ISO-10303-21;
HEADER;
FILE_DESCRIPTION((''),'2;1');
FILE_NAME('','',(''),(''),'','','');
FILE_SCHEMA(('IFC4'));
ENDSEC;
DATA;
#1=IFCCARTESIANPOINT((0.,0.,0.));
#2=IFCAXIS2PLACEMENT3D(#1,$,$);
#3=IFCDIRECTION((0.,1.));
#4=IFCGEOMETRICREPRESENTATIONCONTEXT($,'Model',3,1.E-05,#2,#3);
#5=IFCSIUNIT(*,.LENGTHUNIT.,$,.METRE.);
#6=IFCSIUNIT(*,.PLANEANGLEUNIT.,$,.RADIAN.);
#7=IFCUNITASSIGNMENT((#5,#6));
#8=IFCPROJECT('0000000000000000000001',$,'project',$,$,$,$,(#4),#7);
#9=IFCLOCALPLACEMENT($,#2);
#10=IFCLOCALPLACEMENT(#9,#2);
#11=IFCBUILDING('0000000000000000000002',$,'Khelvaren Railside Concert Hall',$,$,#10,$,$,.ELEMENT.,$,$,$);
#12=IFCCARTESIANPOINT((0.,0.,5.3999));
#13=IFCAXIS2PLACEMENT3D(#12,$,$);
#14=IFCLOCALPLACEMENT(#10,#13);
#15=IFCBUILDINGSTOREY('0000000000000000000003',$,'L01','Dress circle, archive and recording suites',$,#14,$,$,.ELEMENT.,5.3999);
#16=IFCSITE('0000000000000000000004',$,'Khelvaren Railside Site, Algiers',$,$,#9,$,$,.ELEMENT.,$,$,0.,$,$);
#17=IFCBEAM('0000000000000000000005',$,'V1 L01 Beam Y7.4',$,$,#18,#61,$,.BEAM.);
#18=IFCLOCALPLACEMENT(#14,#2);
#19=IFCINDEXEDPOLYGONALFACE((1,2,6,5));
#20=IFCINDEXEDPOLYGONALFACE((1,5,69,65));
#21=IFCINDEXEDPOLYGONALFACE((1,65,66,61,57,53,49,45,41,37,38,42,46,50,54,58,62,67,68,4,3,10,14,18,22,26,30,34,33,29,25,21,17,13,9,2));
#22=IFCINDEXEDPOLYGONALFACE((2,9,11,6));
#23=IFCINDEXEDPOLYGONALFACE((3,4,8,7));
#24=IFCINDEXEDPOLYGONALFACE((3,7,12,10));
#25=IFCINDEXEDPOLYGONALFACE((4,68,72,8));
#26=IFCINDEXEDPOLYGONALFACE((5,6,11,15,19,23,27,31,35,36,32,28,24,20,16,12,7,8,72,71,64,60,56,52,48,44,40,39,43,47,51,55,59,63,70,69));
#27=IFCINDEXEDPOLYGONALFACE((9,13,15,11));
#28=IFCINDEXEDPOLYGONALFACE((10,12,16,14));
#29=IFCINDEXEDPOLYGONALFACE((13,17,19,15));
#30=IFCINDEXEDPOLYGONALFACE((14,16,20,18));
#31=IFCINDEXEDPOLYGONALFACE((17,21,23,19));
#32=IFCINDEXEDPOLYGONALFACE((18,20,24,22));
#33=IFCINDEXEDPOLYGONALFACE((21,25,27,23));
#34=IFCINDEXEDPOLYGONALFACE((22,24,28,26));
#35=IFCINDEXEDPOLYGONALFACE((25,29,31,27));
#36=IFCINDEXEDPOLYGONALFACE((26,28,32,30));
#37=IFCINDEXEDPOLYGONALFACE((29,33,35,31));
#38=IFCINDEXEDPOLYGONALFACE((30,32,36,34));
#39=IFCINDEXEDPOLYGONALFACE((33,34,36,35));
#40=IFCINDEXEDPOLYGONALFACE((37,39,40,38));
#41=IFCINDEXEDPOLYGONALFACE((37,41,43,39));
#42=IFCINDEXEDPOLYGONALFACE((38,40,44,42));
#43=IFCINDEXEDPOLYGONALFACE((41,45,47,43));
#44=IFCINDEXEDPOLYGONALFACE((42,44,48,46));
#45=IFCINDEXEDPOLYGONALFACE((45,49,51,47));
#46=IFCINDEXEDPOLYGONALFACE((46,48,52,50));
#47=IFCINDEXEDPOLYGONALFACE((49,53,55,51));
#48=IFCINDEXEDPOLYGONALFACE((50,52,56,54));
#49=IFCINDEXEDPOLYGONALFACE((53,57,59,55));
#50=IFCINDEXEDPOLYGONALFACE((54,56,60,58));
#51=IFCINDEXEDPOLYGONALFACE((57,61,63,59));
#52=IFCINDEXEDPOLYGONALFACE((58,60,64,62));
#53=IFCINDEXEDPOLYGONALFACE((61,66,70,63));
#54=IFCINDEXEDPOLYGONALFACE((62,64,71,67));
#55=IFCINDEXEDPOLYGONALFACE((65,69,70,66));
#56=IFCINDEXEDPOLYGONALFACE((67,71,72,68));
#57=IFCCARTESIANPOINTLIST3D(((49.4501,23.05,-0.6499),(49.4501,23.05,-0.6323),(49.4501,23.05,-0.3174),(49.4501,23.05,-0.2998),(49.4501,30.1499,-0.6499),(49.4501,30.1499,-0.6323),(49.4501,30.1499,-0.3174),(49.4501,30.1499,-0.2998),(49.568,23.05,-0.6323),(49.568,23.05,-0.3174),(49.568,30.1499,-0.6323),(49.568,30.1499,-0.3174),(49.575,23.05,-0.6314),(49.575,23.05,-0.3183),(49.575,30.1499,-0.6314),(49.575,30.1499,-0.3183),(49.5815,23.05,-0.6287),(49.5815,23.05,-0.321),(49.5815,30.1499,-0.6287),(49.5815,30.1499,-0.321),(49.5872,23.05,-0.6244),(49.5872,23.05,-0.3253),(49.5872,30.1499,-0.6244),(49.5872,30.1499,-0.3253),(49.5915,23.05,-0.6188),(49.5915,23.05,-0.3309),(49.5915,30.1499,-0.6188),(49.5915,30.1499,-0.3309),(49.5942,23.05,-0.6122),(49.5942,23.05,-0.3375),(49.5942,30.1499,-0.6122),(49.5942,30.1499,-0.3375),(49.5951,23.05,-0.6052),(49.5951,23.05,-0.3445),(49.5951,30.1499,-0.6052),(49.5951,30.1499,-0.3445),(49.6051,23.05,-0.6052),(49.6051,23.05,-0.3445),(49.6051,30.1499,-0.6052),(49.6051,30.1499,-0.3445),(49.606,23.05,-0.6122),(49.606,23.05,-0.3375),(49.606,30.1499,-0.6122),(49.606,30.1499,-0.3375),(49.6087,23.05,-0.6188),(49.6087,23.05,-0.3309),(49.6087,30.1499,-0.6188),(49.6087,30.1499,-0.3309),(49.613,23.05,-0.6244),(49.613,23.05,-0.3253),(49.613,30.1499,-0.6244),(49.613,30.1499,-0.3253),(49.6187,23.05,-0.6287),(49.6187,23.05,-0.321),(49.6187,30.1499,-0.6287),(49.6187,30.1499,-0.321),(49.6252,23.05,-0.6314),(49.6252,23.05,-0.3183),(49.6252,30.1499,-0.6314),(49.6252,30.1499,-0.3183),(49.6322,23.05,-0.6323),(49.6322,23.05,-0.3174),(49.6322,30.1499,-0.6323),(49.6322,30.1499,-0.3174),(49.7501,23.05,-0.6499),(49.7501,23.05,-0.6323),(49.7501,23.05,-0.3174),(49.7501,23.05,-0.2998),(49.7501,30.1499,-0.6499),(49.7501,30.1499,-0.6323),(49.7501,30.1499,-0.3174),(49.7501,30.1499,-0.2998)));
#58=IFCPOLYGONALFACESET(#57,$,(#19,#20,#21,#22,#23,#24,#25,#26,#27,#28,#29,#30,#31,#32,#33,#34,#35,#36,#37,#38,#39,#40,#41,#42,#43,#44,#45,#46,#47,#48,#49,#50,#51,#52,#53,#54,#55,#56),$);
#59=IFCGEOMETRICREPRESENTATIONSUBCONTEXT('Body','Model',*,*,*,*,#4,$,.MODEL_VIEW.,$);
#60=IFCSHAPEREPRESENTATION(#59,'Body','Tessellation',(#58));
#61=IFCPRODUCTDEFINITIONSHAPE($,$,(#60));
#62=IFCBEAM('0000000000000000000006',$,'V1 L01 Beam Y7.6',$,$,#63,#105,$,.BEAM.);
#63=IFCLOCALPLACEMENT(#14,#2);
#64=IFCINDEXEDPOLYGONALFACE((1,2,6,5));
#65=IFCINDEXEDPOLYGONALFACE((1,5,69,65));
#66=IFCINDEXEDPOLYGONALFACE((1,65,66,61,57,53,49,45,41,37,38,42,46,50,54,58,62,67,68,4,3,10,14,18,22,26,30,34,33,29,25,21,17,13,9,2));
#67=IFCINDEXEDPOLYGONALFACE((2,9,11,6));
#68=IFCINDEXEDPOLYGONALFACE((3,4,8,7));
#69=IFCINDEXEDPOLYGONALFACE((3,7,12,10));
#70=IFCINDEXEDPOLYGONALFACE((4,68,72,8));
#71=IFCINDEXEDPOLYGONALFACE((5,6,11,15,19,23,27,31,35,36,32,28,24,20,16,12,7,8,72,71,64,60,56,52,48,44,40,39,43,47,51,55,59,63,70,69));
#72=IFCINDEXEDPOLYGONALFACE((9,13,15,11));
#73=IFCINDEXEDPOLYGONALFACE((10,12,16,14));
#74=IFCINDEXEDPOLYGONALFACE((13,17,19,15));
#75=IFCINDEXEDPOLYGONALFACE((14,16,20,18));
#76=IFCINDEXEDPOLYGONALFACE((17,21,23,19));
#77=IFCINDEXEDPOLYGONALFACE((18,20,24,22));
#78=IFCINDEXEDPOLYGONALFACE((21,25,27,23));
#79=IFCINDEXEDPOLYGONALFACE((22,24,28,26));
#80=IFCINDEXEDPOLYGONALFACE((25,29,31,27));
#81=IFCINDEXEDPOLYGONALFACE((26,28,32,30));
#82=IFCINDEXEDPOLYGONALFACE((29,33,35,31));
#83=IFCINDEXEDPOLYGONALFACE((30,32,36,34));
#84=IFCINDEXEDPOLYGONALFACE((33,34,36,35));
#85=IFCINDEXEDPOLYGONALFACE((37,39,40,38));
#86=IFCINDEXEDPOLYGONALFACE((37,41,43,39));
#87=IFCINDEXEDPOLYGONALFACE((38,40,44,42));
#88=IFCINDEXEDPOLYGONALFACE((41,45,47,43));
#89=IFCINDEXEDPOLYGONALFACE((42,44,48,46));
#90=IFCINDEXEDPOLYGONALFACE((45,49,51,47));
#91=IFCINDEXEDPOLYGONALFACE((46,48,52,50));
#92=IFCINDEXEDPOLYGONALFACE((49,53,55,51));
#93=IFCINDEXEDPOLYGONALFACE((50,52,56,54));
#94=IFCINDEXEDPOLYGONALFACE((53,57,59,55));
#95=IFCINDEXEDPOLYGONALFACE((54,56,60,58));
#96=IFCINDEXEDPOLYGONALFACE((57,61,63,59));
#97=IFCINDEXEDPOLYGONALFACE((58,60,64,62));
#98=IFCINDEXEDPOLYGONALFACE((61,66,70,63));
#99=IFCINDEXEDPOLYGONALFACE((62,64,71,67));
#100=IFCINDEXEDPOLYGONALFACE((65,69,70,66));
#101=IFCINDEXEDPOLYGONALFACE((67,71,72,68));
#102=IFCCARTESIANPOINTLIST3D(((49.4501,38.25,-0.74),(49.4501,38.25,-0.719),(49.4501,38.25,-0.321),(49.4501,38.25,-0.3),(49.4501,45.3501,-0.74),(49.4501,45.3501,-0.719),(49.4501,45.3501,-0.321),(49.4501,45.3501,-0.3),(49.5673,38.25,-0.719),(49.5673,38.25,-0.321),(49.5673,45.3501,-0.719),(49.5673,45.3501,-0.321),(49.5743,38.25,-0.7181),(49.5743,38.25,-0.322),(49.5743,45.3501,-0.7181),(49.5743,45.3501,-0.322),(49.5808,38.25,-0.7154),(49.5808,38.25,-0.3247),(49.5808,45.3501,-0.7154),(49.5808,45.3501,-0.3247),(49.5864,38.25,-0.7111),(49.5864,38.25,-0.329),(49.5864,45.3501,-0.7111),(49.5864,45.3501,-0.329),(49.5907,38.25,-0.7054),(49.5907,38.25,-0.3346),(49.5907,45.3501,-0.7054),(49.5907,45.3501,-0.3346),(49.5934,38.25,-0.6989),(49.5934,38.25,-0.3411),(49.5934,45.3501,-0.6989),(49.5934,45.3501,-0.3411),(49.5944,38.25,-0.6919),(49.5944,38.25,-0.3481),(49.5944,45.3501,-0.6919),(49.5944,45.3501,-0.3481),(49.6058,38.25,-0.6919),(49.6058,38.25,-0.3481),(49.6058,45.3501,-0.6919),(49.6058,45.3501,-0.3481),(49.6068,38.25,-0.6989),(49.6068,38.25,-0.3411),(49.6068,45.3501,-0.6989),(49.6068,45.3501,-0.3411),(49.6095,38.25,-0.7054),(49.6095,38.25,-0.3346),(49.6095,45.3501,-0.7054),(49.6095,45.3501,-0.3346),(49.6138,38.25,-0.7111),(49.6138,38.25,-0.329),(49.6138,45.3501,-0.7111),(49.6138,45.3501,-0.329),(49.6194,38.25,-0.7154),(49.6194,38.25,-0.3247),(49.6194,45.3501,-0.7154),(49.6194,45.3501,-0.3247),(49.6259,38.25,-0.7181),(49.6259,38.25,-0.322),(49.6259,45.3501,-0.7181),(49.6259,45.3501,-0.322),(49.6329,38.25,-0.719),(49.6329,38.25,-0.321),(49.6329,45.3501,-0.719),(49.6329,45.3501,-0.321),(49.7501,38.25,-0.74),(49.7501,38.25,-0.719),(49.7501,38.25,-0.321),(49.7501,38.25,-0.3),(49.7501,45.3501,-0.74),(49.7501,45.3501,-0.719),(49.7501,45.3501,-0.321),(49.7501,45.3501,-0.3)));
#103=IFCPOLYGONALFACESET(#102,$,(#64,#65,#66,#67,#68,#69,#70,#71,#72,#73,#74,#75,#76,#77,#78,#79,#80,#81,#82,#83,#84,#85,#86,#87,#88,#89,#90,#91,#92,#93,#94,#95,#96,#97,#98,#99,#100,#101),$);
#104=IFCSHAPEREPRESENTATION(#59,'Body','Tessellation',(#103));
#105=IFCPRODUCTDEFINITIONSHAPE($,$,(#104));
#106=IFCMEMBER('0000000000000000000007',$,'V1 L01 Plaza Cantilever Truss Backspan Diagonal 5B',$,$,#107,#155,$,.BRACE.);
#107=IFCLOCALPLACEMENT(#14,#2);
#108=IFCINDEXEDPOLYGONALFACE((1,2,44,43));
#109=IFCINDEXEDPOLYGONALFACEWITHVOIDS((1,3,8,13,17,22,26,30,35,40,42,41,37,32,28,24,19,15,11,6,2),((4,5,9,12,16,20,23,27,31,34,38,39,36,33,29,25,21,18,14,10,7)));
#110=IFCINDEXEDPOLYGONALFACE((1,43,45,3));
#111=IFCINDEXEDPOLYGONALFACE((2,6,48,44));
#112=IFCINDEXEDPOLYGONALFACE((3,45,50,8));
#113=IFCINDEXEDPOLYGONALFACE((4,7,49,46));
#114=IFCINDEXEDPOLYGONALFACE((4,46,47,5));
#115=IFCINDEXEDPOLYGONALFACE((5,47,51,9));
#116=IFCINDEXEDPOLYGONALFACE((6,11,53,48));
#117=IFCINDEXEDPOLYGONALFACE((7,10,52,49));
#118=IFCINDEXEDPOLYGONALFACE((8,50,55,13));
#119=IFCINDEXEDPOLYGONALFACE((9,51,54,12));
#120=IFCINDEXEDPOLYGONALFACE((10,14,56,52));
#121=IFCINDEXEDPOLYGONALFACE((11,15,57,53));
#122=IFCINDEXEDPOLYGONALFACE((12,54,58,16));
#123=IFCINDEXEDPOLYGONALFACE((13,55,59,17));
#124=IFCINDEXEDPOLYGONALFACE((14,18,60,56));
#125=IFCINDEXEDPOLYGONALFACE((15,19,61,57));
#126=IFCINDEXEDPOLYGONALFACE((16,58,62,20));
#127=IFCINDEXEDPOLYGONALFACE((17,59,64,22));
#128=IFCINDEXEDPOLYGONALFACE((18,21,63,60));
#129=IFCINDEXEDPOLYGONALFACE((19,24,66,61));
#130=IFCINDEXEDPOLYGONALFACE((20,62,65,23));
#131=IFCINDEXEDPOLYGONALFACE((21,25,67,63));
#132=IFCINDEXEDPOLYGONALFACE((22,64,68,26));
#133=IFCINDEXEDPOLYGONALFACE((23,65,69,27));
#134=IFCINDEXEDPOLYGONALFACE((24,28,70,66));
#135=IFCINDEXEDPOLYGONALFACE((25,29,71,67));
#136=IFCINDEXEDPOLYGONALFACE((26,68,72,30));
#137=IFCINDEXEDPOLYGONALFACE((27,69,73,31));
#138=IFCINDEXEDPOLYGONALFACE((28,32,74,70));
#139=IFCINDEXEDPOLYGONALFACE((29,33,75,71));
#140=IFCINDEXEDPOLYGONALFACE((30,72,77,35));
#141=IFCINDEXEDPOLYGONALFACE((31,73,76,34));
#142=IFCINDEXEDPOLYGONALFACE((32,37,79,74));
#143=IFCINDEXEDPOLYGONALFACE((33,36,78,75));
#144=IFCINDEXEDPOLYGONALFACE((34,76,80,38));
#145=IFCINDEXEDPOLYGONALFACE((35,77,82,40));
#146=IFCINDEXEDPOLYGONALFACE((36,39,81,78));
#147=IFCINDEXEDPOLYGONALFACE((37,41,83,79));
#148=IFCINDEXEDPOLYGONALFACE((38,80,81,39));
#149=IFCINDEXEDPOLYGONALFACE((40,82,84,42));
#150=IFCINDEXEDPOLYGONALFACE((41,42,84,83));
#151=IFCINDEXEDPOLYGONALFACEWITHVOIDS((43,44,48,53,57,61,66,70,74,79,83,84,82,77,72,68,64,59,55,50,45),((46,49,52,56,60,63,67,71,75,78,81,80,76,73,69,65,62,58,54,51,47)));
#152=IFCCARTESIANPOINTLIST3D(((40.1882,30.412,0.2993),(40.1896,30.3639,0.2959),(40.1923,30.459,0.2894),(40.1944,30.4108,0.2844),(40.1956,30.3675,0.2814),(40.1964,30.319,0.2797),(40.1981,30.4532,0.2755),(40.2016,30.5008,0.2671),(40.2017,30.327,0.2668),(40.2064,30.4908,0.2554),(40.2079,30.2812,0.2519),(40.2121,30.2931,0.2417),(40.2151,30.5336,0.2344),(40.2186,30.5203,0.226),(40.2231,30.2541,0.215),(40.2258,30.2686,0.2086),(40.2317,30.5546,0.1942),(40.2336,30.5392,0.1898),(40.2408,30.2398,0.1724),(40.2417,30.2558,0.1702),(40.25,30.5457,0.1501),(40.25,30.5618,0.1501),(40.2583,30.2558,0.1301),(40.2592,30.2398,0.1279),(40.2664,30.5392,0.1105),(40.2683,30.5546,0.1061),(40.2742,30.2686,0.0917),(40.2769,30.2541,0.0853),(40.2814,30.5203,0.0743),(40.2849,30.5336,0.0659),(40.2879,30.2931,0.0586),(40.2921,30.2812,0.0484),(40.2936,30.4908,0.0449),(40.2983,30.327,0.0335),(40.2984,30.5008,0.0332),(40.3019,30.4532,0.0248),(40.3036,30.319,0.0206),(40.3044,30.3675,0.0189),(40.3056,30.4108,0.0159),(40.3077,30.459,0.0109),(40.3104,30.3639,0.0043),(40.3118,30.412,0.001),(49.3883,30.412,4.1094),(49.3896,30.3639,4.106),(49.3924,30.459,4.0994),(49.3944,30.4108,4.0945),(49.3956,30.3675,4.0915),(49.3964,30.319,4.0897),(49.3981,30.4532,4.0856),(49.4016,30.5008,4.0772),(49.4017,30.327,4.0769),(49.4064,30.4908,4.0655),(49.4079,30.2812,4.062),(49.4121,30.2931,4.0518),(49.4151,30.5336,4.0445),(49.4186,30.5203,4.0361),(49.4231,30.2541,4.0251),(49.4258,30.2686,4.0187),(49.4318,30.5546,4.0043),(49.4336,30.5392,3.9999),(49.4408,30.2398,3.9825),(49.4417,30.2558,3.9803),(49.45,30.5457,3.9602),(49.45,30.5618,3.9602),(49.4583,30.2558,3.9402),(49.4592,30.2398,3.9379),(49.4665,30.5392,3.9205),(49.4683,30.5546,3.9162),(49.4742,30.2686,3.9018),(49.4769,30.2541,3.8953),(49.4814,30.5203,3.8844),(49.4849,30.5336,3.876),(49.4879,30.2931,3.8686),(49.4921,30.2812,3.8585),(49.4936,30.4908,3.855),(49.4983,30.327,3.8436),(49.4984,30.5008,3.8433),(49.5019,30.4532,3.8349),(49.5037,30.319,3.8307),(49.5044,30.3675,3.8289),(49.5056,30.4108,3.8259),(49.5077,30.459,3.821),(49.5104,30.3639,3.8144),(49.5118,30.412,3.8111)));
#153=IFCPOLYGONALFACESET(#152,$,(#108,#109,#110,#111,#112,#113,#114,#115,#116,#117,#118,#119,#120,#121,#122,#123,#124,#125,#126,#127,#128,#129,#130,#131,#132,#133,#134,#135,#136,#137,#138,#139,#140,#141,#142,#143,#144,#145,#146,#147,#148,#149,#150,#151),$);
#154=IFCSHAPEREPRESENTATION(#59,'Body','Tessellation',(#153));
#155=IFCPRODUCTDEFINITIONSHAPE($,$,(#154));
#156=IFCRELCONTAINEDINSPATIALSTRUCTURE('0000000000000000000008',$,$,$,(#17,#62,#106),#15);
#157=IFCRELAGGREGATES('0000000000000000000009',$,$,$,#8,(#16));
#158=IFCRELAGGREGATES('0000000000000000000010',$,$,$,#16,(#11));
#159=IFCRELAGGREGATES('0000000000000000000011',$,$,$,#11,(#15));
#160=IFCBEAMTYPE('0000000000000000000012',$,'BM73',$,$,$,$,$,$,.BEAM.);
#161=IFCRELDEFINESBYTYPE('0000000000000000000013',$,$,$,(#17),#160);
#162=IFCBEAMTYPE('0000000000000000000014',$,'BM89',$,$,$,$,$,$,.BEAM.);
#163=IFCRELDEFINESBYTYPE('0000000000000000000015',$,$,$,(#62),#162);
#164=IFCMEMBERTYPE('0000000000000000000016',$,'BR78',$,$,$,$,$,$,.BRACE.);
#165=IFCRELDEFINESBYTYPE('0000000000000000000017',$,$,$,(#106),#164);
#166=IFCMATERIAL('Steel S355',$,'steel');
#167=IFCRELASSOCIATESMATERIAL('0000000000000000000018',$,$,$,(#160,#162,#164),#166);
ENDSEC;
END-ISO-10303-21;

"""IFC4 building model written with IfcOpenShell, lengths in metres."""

from ifc_helpers import new_model, si_unit, direction, frame, origin, origin_2d, place, context, subcontext, project, spatial, hollow_circle, i_section, extrude, material, material_profile, profile_set, type_object, element, save


model = new_model("IFC4")

# Units and contexts
model_context = context("Model", 3, precision=1e-05, world=origin(), true_north=direction((0.0, 1.0)))
body_context = subcontext(model_context, "Body", "Model", "MODEL_VIEW")
ifc_project = project(units=[si_unit("LENGTHUNIT", "METRE"), si_unit("PLANEANGLEUNIT", "RADIAN")], contexts=[model_context])

# Site, building, storey
site_placement = place(None, origin())
site = spatial("IfcSite", under=ifc_project, at=site_placement, Name="Khelvaren Railside Site, Algiers", CompositionType="ELEMENT", RefElevation=0.0)
building_placement = place(site_placement, origin())
building = spatial("IfcBuilding", under=site, at=building_placement, Name="Khelvaren Railside Concert Hall", CompositionType="ELEMENT")
storey_placement = place(building_placement, frame((0.0, 0.0, 5.3999)))
storey = spatial("IfcBuildingStorey", under=building, at=storey_placement, Name="L01", Description="Dress circle, archive and recording suites", CompositionType="ELEMENT", Elevation=5.3999)

# Shared definitions
ifc_material_1 = material(Name="Steel S355", Category="steel")

# Beams
ifc_material_profile_1 = material_profile(ifc_material_1, i_section(OverallWidth=0.3, OverallDepth=0.3501, WebThickness=0.01, FlangeThickness=0.0176, FilletRadius=0.0271, at=origin_2d()), Name="HEA 360")
ifc_profile_set_1 = profile_set([ifc_material_profile_1], Name="Steel S355")
beam_type_1 = type_object("IfcBeamType", Name="BM73", PredefinedType="BEAM", material=ifc_profile_set_1)
beam_1_placement = place(storey_placement, frame((49.6001, 23.05, -0.4749), z_axis=(0.0, 1.0, 0.0), x_axis=(-1.0, 0.0, 0.0)))
element("IfcBeam", 1, at=beam_1_placement, inside=storey, type_object=beam_type_1, Name="V1 L01 Beam Y7.4", PredefinedType="BEAM", context=body_context, shape_type="SweptSolid", body=[
    extrude(i_section(OverallWidth=0.3, OverallDepth=0.3501, WebThickness=0.01, FlangeThickness=0.0176, FilletRadius=0.0271, at=origin_2d()), origin(), (0.0, 0.0, 1.0), 7.0999),
])
ifc_material_profile_2 = material_profile(ifc_material_1, i_section(OverallWidth=0.3, OverallDepth=0.4399, WebThickness=0.0115, FlangeThickness=0.021, FilletRadius=0.0271, at=origin_2d()), Name="HEA 450")
ifc_profile_set_2 = profile_set([ifc_material_profile_2], Name="Steel S355")
beam_type_2 = type_object("IfcBeamType", Name="BM89", PredefinedType="BEAM", material=ifc_profile_set_2)
beam_2_placement = place(storey_placement, frame((49.6001, 38.25, -0.52), z_axis=(0.0, 1.0, 0.0), x_axis=(-1.0, 0.0, 0.0)))
element("IfcBeam", 2, at=beam_2_placement, inside=storey, type_object=beam_type_2, Name="V1 L01 Beam Y7.6", PredefinedType="BEAM", context=body_context, shape_type="SweptSolid", body=[
    extrude(i_section(OverallWidth=0.3, OverallDepth=0.4399, WebThickness=0.0115, FlangeThickness=0.021, FilletRadius=0.0271, at=origin_2d()), origin(), (0.0, 0.0, 1.0), 7.1001),
])

# Member
ifc_material_profile_3 = material_profile(ifc_material_1, hollow_circle(Radius=0.1619, WallThickness=0.0161, at=origin_2d()), Name="CHS 323.9x16")
ifc_profile_set_3 = profile_set([ifc_material_profile_3], Name="Steel S355")
member_type = type_object("IfcMemberType", Name="BR78", PredefinedType="BRACE", material=ifc_profile_set_3)
for number, where, z_axis, x_axis, name in (
    (3, (40.25, 30.3999, 0.1501), (0.923904, 0.0, 0.382625), (0.0, 1.0, 0.0), "V1 L01 Plaza Cantilever Truss Backspan Diagonal 5B"),
):
    element("IfcMember", number, at=place(storey_placement, frame(where, z_axis=z_axis, x_axis=x_axis)), inside=storey, type_object=member_type, Name=name, PredefinedType="BRACE", context=body_context, shape_type="SweptSolid", body=[
        extrude(hollow_circle(Radius=0.1619, WallThickness=0.0161, at=origin_2d()), origin(), (0.0, 0.0, 1.0), 9.9578),
    ])

save(model, "model.ifc")
